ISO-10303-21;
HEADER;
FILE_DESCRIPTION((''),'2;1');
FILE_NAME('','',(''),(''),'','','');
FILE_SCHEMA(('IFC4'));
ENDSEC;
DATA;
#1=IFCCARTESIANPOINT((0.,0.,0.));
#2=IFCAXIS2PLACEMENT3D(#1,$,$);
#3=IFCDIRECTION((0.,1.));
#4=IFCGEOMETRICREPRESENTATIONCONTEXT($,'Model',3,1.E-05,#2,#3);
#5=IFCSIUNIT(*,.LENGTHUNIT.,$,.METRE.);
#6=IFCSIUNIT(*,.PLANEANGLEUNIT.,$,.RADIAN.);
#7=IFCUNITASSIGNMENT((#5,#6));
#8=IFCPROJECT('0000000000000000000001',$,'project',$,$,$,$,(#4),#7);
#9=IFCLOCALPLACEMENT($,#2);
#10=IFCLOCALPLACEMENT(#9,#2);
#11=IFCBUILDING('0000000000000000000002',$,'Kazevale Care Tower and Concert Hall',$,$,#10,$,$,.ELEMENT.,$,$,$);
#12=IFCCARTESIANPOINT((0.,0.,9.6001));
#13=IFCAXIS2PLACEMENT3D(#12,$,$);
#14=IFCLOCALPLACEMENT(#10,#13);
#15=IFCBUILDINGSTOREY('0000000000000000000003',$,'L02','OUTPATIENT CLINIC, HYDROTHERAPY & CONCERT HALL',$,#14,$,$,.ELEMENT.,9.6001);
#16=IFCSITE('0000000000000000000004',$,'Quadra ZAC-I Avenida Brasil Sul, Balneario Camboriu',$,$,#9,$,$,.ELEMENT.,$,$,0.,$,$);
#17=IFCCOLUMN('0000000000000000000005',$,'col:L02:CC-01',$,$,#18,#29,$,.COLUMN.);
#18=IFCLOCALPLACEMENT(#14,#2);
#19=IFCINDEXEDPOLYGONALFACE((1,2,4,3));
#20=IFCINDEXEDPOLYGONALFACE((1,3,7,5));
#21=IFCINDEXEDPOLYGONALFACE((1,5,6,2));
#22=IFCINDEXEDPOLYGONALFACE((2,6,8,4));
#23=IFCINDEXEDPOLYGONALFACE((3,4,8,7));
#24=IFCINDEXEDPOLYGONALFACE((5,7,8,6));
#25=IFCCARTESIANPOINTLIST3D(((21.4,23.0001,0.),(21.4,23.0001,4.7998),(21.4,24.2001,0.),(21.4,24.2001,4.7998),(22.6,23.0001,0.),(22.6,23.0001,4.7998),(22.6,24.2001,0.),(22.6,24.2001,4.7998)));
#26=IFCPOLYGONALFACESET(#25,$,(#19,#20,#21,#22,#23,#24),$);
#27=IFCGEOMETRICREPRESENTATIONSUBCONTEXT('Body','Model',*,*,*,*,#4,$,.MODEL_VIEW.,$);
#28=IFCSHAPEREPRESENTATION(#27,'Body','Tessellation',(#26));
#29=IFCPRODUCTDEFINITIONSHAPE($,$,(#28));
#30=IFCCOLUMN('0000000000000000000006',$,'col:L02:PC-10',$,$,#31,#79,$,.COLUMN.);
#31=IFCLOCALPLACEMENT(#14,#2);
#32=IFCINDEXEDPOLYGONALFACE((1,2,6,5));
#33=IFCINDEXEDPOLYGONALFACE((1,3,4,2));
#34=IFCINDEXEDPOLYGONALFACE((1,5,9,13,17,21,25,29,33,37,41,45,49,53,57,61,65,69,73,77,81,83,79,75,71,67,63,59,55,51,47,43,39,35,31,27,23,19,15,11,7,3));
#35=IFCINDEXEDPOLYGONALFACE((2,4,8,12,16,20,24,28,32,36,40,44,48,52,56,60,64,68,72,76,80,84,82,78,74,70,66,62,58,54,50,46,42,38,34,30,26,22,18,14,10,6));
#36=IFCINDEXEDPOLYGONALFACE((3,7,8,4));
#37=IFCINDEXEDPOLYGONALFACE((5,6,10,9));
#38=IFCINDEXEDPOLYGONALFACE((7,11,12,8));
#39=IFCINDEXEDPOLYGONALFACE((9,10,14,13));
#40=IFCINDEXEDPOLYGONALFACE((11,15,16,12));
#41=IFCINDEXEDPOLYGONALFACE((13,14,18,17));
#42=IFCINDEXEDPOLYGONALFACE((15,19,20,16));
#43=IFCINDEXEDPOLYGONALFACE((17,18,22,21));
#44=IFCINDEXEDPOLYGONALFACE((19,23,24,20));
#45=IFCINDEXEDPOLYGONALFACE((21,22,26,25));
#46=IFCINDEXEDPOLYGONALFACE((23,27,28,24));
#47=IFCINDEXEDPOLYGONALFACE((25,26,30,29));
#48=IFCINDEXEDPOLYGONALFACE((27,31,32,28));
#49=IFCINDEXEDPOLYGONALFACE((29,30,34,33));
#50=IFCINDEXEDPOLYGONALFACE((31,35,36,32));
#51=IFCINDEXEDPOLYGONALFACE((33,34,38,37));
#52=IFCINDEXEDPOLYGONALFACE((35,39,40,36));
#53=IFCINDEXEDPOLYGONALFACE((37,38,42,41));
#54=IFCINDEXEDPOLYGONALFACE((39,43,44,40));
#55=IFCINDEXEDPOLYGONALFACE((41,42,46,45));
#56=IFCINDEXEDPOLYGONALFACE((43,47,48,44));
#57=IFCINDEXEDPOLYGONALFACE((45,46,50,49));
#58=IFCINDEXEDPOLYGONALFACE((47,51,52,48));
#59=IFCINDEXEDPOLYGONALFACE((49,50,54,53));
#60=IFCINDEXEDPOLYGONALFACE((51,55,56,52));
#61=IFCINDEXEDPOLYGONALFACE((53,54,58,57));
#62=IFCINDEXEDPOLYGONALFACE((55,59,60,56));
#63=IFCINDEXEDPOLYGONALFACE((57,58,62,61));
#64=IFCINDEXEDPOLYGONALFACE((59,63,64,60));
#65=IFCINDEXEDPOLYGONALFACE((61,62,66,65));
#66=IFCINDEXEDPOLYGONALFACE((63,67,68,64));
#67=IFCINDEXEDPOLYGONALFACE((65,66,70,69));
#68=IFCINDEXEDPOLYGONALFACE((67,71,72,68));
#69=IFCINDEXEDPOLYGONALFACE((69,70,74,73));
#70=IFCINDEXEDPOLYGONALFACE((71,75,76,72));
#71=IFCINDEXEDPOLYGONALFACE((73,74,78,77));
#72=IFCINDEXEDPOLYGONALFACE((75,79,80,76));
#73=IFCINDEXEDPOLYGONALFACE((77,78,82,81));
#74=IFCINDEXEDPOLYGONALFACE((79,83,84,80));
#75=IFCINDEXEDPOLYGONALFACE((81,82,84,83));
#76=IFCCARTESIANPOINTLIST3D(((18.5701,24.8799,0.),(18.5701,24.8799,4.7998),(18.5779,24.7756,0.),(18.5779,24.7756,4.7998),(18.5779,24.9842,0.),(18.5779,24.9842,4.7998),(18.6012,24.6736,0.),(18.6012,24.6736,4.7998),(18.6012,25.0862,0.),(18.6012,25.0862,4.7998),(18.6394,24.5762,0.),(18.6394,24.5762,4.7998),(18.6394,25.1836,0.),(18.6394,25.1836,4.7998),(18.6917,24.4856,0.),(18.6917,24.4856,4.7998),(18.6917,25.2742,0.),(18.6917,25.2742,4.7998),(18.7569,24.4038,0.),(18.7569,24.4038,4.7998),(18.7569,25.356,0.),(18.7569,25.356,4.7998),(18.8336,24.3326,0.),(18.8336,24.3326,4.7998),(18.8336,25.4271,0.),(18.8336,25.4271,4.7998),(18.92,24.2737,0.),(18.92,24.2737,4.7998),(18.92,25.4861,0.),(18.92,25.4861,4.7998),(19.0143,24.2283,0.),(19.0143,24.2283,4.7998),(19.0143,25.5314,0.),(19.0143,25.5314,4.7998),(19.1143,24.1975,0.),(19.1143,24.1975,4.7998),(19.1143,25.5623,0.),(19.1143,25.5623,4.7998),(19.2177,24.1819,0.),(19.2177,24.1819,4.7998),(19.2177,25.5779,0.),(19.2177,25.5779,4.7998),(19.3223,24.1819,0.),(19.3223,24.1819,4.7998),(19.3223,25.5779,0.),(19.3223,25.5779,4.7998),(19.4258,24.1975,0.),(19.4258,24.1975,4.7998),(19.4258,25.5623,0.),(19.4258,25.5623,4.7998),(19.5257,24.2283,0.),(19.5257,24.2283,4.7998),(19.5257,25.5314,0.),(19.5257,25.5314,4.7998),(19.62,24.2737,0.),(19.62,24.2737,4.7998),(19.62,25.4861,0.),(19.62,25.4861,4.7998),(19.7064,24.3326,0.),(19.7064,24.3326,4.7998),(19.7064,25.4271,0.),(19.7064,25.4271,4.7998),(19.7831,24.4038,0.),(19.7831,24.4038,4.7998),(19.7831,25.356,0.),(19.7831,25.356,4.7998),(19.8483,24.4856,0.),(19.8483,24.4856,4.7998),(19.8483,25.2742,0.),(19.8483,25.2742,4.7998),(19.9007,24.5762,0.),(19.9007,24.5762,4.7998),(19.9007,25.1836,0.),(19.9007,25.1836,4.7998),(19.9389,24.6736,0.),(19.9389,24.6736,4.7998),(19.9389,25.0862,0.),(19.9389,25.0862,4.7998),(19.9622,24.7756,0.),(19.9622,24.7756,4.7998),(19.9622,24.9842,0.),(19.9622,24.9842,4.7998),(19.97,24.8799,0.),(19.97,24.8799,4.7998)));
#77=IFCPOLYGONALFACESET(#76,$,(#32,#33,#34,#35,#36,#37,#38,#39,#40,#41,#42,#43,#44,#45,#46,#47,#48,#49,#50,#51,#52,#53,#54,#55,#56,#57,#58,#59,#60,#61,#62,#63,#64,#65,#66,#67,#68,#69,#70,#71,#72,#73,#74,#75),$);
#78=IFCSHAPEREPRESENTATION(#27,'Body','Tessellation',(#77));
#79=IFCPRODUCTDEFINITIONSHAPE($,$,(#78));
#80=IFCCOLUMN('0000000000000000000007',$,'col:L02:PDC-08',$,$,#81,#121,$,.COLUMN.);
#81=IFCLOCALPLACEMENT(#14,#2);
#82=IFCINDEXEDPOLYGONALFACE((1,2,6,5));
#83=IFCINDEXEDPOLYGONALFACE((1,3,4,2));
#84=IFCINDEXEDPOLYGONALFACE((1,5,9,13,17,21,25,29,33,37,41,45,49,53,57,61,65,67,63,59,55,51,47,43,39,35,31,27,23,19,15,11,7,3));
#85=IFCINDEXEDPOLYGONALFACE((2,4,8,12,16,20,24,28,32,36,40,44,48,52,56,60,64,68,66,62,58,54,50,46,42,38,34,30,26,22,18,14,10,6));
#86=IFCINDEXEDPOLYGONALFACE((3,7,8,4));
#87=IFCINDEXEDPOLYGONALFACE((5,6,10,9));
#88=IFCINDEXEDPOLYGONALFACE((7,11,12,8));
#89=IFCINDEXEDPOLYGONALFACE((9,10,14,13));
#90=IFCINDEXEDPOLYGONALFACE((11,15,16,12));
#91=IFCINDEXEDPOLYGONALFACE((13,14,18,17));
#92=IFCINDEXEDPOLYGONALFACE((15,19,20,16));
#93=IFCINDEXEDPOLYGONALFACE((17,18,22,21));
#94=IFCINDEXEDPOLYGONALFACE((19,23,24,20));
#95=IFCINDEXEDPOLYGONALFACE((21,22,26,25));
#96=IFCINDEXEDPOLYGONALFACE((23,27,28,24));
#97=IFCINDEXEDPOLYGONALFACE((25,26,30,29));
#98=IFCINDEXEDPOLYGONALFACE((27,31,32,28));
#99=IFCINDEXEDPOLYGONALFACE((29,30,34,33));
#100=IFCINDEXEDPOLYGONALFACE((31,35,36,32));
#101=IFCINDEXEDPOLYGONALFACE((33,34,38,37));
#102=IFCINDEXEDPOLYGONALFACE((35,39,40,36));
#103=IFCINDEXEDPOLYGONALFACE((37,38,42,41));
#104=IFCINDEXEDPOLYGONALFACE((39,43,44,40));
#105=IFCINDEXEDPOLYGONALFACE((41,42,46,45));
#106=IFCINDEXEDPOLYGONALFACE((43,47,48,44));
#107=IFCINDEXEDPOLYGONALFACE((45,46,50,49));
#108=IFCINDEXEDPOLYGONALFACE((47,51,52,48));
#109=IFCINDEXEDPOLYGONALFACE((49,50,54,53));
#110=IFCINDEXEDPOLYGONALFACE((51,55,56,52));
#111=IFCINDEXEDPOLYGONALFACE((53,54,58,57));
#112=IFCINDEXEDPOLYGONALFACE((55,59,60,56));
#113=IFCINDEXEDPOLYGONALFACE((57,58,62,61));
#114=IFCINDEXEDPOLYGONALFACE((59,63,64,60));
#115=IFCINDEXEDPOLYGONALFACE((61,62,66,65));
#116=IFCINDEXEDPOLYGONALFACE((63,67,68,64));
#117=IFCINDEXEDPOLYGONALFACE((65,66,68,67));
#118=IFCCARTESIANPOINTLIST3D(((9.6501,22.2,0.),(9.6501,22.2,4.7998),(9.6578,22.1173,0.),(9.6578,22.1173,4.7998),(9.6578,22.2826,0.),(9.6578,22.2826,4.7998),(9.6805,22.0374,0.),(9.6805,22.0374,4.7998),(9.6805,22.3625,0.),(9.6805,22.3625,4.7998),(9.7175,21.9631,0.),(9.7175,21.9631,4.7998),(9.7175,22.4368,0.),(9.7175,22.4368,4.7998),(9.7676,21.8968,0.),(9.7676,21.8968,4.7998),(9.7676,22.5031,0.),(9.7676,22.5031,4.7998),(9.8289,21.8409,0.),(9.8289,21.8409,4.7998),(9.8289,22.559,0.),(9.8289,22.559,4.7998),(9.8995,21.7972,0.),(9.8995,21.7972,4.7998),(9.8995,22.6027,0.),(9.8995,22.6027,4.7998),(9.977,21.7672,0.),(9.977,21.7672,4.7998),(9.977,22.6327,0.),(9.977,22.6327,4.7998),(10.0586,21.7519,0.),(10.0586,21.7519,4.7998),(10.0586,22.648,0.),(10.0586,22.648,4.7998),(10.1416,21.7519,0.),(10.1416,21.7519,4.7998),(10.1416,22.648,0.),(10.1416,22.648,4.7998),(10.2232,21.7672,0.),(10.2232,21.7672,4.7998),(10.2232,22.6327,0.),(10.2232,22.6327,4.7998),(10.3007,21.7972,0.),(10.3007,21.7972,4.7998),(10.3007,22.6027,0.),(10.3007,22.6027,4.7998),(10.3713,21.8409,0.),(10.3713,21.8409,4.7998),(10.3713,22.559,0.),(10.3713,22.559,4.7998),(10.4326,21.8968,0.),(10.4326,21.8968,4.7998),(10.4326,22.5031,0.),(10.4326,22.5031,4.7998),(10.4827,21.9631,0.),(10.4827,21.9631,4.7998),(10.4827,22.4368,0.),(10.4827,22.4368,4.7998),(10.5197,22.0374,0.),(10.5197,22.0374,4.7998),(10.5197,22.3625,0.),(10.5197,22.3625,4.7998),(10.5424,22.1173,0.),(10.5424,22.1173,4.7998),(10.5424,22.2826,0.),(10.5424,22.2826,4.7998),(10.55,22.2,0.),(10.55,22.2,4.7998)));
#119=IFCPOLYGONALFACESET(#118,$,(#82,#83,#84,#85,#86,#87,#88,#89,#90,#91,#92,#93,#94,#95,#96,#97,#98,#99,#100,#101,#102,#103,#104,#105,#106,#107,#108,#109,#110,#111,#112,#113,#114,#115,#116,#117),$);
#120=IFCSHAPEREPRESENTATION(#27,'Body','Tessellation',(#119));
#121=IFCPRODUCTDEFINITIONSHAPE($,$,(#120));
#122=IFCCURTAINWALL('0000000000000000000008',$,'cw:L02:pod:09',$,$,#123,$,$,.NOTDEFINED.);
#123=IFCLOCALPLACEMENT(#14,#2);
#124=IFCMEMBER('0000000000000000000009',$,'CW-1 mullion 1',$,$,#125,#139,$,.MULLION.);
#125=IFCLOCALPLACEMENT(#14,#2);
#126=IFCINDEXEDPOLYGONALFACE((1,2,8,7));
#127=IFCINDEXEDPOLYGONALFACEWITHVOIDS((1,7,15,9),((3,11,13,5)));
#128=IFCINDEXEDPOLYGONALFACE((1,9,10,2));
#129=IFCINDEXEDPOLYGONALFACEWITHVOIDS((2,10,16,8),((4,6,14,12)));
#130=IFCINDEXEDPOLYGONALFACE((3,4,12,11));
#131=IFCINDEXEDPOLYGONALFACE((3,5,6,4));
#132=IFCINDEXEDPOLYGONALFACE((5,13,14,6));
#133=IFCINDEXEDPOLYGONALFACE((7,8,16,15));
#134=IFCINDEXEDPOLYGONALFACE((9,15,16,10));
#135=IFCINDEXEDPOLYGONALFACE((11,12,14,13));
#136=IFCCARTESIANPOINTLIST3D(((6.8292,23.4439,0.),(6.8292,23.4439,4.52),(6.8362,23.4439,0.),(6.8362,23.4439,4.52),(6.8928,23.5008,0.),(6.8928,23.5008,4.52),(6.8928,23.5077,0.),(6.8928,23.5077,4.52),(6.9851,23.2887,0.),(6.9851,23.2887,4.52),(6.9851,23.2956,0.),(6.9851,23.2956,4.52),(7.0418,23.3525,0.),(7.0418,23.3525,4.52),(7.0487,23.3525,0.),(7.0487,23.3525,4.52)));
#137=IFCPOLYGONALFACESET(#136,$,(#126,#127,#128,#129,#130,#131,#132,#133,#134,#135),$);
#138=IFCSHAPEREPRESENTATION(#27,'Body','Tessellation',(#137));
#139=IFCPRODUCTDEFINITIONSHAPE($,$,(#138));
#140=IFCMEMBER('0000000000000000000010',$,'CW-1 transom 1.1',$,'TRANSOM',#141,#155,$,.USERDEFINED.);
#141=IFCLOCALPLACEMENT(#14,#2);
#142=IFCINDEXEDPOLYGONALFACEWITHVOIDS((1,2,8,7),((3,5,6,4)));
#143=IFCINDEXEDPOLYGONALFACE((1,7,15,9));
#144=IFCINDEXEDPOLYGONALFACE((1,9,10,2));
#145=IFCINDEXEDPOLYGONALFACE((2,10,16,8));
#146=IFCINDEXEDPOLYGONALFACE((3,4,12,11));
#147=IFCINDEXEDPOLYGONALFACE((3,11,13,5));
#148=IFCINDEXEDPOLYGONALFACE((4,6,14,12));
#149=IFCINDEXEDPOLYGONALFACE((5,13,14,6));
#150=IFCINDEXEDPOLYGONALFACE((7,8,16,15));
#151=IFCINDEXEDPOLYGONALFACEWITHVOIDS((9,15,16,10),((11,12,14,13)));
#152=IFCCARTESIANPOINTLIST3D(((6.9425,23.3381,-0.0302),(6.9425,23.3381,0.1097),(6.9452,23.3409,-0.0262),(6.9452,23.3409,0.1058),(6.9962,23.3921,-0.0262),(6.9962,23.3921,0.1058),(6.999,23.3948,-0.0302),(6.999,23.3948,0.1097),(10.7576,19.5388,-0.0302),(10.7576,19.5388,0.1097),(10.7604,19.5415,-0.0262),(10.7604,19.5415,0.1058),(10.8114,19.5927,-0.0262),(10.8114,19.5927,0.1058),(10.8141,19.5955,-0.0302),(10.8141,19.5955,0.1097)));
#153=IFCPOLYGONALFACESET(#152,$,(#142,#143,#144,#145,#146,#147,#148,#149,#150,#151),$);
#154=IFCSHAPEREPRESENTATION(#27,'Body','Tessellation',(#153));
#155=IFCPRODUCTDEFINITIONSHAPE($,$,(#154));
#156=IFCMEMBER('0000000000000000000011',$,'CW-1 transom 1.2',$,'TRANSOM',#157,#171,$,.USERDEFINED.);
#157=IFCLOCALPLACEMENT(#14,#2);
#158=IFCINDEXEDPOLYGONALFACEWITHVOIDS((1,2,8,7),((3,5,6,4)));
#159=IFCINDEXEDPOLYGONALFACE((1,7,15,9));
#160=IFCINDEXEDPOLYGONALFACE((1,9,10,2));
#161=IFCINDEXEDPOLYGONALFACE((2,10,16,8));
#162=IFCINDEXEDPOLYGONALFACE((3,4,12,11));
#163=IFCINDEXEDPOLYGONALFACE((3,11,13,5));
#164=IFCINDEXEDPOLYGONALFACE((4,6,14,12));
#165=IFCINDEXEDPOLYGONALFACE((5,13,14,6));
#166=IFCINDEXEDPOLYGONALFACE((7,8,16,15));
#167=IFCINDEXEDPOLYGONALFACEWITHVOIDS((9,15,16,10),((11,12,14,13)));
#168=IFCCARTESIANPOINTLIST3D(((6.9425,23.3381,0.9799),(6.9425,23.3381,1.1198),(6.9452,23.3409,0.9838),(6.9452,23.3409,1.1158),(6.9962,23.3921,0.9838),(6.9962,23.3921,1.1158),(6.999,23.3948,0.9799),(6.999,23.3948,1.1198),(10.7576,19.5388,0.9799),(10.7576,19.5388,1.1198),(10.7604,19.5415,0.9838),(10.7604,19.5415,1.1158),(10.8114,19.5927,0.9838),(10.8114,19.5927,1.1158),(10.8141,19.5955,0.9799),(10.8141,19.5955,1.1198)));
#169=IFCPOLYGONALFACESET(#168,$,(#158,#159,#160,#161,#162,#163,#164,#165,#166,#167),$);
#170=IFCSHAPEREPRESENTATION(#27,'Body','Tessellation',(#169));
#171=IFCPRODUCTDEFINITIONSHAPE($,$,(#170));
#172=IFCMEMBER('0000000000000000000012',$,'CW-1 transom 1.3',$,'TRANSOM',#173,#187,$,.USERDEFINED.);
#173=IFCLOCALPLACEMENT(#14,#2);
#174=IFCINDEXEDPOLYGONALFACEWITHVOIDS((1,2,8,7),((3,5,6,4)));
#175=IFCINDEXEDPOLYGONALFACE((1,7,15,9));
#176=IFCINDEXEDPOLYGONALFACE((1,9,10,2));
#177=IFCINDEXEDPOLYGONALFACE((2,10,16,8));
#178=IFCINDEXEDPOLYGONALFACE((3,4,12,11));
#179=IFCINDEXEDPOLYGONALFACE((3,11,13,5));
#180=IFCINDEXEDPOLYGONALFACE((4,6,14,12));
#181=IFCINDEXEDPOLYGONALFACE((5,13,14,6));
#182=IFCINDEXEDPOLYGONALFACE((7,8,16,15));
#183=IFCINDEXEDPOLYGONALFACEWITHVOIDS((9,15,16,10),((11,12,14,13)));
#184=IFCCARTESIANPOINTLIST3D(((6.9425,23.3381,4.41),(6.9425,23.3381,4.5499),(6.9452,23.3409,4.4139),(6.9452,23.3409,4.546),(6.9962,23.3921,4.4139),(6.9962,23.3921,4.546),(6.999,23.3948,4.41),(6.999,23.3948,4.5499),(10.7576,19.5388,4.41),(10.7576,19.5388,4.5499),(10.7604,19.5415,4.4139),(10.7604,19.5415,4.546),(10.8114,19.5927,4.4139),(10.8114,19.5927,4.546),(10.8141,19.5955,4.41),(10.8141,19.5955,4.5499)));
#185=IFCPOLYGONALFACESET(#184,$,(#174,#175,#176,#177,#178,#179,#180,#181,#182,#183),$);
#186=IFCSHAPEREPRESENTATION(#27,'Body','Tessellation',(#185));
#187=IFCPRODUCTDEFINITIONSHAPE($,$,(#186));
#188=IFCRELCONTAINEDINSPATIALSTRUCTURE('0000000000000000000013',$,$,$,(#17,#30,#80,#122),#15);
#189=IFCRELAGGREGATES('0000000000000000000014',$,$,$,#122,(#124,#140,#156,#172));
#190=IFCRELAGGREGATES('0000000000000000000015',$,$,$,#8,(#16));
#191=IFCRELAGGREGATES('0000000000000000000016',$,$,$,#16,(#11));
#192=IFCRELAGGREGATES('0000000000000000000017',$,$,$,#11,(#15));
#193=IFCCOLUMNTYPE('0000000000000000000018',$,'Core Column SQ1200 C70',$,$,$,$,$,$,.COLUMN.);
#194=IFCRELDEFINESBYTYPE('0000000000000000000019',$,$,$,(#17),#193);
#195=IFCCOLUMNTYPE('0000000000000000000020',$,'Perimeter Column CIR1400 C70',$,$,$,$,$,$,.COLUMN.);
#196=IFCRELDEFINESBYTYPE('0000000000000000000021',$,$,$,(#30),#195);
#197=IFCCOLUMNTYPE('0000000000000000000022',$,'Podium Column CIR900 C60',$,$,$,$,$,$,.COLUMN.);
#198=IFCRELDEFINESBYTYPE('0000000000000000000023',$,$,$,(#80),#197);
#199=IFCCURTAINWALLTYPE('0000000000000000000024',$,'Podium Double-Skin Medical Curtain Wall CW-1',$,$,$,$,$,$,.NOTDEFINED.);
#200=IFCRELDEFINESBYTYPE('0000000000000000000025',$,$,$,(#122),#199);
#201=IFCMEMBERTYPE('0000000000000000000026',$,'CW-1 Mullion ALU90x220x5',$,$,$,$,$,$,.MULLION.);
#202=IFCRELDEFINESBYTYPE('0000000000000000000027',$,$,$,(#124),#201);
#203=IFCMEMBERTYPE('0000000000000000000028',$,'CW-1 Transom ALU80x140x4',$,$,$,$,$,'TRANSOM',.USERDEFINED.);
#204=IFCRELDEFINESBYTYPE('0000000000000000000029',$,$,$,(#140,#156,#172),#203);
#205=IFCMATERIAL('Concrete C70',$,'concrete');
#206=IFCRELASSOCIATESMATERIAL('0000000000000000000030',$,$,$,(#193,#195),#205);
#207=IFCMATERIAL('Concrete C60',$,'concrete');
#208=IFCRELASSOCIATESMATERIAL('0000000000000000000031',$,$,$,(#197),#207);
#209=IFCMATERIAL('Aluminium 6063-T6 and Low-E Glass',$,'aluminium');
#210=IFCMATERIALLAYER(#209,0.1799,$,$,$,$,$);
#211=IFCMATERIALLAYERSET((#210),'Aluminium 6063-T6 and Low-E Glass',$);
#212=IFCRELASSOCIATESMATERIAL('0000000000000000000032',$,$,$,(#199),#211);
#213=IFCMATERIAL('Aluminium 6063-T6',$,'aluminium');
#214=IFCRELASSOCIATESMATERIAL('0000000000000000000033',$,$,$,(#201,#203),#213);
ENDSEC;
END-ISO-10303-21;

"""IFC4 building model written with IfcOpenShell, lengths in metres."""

from ifc_helpers import new_model, si_unit, direction, frame, origin, origin_2d, place, context, subcontext, project, spatial, rectangle, hollow_rectangle, circle, extrude, material, layer, layer_set, material_profile, profile_set, type_object, element, aggregate, save


model = new_model("IFC4")

# Units and contexts
model_context = context("Model", 3, precision=1e-05, world=origin(), true_north=direction((0.0, 1.0)))
body_context = subcontext(model_context, "Body", "Model", "MODEL_VIEW")
ifc_project = project(units=[si_unit("LENGTHUNIT", "METRE"), si_unit("PLANEANGLEUNIT", "RADIAN")], contexts=[model_context])

# Site, building, storey
site_placement = place(None, origin())
site = spatial("IfcSite", under=ifc_project, at=site_placement, Name="Quadra ZAC-I Avenida Brasil Sul, Balneario Camboriu", CompositionType="ELEMENT", RefElevation=0.0)
building_placement = place(site_placement, origin())
building = spatial("IfcBuilding", under=site, at=building_placement, Name="Kazevale Care Tower and Concert Hall", CompositionType="ELEMENT")
storey_placement = place(building_placement, frame((0.0, 0.0, 9.6001)))
storey = spatial("IfcBuildingStorey", under=building, at=storey_placement, Name="L02", Description="OUTPATIENT CLINIC, HYDROTHERAPY & CONCERT HALL", CompositionType="ELEMENT", Elevation=9.6001)

# Columns
ifc_material_1 = material(Name="Concrete C70", Category="concrete")
ifc_material_profile_1 = material_profile(ifc_material_1, rectangle(XDim=1.2, YDim=1.2, at=origin_2d()), Name="RC-SQ1200")
ifc_profile_set_1 = profile_set([ifc_material_profile_1], Name="Concrete C70")
column_type_1 = type_object("IfcColumnType", Name="Core Column SQ1200 C70", PredefinedType="COLUMN", material=ifc_profile_set_1)
column_1_placement = place(storey_placement, frame((22.0, 23.6001, 0.0), z_axis=(0.0, 0.0, 1.0), x_axis=(1.0, 0.0, 0.0)))
element("IfcColumn", 1, at=column_1_placement, inside=storey, type_object=column_type_1, Name="col:L02:CC-01", PredefinedType="COLUMN", context=body_context, shape_type="SweptSolid", body=[
    extrude(rectangle(XDim=1.2, YDim=1.2, at=origin_2d()), origin(), (0.0, 0.0, 1.0), 4.7998),
])
ifc_material_profile_2 = material_profile(ifc_material_1, circle(Radius=0.7, at=origin_2d()), Name="RC-CIR1400")
ifc_profile_set_2 = profile_set([ifc_material_profile_2], Name="Concrete C70")
column_type_2 = type_object("IfcColumnType", Name="Perimeter Column CIR1400 C70", PredefinedType="COLUMN", material=ifc_profile_set_2)
column_2_placement = place(storey_placement, frame((19.27, 24.8799, 0.0), z_axis=(0.0, 0.0, 1.0), x_axis=(1.0, 0.0, 0.0)))
element("IfcColumn", 2, at=column_2_placement, inside=storey, type_object=column_type_2, Name="col:L02:PC-10", PredefinedType="COLUMN", context=body_context, shape_type="SweptSolid", body=[
    extrude(circle(Radius=0.7, at=origin_2d()), origin(), (0.0, 0.0, 1.0), 4.7998),
])
ifc_material_2 = material(Name="Concrete C60", Category="concrete")
ifc_material_profile_3 = material_profile(ifc_material_2, circle(Radius=0.45, at=origin_2d()), Name="RC-CIR900")
ifc_profile_set_3 = profile_set([ifc_material_profile_3], Name="Concrete C60")
column_type_3 = type_object("IfcColumnType", Name="Podium Column CIR900 C60", PredefinedType="COLUMN", material=ifc_profile_set_3)
column_3_placement = place(storey_placement, frame((10.1001, 22.2, 0.0), z_axis=(0.0, 0.0, 1.0), x_axis=(1.0, 0.0, 0.0)))
element("IfcColumn", 3, at=column_3_placement, inside=storey, type_object=column_type_3, Name="col:L02:PDC-08", PredefinedType="COLUMN", context=body_context, shape_type="SweptSolid", body=[
    extrude(circle(Radius=0.45, at=origin_2d()), origin(), (0.0, 0.0, 1.0), 4.7998),
])

# Curtain wall, members
ifc_material_3 = material(Name="Aluminium 6063-T6 and Low-E Glass", Category="aluminium")
ifc_layer_1 = layer(ifc_material_3, 0.1799)
ifc_layer_set_1 = layer_set([ifc_layer_1], Name="Aluminium 6063-T6 and Low-E Glass")
curtain_wall_type = type_object("IfcCurtainWallType", Name="Podium Double-Skin Medical Curtain Wall CW-1", PredefinedType="NOTDEFINED", material=ifc_layer_set_1)
curtain_wall_placement = place(storey_placement, origin())
curtain_wall = element("IfcCurtainWall", 4, at=curtain_wall_placement, inside=storey, type_object=curtain_wall_type, Name="cw:L02:pod:09", PredefinedType="NOTDEFINED")
ifc_material_4 = material(Name="Aluminium 6063-T6", Category="aluminium")
ifc_material_profile_4 = material_profile(ifc_material_4, hollow_rectangle(XDim=0.0901, YDim=0.22, WallThickness=0.0049, at=origin_2d()), Name="ALU90x220x5")
ifc_profile_set_4 = profile_set([ifc_material_profile_4], Name="Aluminium 6063-T6")
member_type_1 = type_object("IfcMemberType", Name="CW-1 Mullion ALU90x220x5", PredefinedType="MULLION", material=ifc_profile_set_4)
member_1_placement = place(storey_placement, frame((6.939, 23.3982, 0.0), z_axis=(0.0, 0.0, 1.0), x_axis=(0.705656, 0.708555, 0.0)))
member_1 = element("IfcMember", 5, at=member_1_placement, type_object=member_type_1, Name="CW-1 mullion 1", PredefinedType="MULLION", context=body_context, shape_type="SweptSolid", body=[
    extrude(hollow_rectangle(XDim=0.0901, YDim=0.22, WallThickness=0.0049, at=origin_2d()), origin(), (0.0, 0.0, 1.0), 4.52),
])
ifc_material_profile_5 = material_profile(ifc_material_4, hollow_rectangle(XDim=0.0801, YDim=0.1399, WallThickness=0.0039, at=origin_2d()), Name="ALU80x140x4")
ifc_profile_set_5 = profile_set([ifc_material_profile_5], Name="Aluminium 6063-T6")
member_type_2 = type_object("IfcMemberType", Name="CW-1 Transom ALU80x140x4", ElementType="TRANSOM", PredefinedType="USERDEFINED", material=ifc_profile_set_5)
member_2_placement = place(storey_placement, frame((6.9707, 23.3665, 0.0398), z_axis=(0.708579, -0.705632, 0.0), x_axis=(0.705632, 0.708579, 0.0)))
member_2 = element("IfcMember", 6, at=member_2_placement, type_object=member_type_2, Name="CW-1 transom 1.1", ObjectType="TRANSOM", PredefinedType="USERDEFINED", context=body_context, shape_type="SweptSolid", body=[
    extrude(hollow_rectangle(XDim=0.0801, YDim=0.1399, WallThickness=0.0039, at=origin_2d()), origin(), (0.0, 0.0, 1.0), 5.3843),
])
member_3_placement = place(storey_placement, frame((6.9707, 23.3665, 1.0498), z_axis=(0.708579, -0.705632, 0.0), x_axis=(0.705632, 0.708579, 0.0)))
member_3 = element("IfcMember", 7, at=member_3_placement, type_object=member_type_2, Name="CW-1 transom 1.2", ObjectType="TRANSOM", PredefinedType="USERDEFINED", context=body_context, shape_type="SweptSolid", body=[
    extrude(hollow_rectangle(XDim=0.0801, YDim=0.1399, WallThickness=0.0039, at=origin_2d()), origin(), (0.0, 0.0, 1.0), 5.3843),
])
member_4_placement = place(storey_placement, frame((6.9707, 23.3665, 4.48), z_axis=(0.708579, -0.705632, 0.0), x_axis=(0.705632, 0.708579, 0.0)))
member_4 = element("IfcMember", 8, at=member_4_placement, type_object=member_type_2, Name="CW-1 transom 1.3", ObjectType="TRANSOM", PredefinedType="USERDEFINED", context=body_context, shape_type="SweptSolid", body=[
    extrude(hollow_rectangle(XDim=0.0801, YDim=0.1399, WallThickness=0.0039, at=origin_2d()), origin(), (0.0, 0.0, 1.0), 5.3843),
])

aggregate(curtain_wall, [member_1, member_2, member_3, member_4])

save(model, "model.ifc")
